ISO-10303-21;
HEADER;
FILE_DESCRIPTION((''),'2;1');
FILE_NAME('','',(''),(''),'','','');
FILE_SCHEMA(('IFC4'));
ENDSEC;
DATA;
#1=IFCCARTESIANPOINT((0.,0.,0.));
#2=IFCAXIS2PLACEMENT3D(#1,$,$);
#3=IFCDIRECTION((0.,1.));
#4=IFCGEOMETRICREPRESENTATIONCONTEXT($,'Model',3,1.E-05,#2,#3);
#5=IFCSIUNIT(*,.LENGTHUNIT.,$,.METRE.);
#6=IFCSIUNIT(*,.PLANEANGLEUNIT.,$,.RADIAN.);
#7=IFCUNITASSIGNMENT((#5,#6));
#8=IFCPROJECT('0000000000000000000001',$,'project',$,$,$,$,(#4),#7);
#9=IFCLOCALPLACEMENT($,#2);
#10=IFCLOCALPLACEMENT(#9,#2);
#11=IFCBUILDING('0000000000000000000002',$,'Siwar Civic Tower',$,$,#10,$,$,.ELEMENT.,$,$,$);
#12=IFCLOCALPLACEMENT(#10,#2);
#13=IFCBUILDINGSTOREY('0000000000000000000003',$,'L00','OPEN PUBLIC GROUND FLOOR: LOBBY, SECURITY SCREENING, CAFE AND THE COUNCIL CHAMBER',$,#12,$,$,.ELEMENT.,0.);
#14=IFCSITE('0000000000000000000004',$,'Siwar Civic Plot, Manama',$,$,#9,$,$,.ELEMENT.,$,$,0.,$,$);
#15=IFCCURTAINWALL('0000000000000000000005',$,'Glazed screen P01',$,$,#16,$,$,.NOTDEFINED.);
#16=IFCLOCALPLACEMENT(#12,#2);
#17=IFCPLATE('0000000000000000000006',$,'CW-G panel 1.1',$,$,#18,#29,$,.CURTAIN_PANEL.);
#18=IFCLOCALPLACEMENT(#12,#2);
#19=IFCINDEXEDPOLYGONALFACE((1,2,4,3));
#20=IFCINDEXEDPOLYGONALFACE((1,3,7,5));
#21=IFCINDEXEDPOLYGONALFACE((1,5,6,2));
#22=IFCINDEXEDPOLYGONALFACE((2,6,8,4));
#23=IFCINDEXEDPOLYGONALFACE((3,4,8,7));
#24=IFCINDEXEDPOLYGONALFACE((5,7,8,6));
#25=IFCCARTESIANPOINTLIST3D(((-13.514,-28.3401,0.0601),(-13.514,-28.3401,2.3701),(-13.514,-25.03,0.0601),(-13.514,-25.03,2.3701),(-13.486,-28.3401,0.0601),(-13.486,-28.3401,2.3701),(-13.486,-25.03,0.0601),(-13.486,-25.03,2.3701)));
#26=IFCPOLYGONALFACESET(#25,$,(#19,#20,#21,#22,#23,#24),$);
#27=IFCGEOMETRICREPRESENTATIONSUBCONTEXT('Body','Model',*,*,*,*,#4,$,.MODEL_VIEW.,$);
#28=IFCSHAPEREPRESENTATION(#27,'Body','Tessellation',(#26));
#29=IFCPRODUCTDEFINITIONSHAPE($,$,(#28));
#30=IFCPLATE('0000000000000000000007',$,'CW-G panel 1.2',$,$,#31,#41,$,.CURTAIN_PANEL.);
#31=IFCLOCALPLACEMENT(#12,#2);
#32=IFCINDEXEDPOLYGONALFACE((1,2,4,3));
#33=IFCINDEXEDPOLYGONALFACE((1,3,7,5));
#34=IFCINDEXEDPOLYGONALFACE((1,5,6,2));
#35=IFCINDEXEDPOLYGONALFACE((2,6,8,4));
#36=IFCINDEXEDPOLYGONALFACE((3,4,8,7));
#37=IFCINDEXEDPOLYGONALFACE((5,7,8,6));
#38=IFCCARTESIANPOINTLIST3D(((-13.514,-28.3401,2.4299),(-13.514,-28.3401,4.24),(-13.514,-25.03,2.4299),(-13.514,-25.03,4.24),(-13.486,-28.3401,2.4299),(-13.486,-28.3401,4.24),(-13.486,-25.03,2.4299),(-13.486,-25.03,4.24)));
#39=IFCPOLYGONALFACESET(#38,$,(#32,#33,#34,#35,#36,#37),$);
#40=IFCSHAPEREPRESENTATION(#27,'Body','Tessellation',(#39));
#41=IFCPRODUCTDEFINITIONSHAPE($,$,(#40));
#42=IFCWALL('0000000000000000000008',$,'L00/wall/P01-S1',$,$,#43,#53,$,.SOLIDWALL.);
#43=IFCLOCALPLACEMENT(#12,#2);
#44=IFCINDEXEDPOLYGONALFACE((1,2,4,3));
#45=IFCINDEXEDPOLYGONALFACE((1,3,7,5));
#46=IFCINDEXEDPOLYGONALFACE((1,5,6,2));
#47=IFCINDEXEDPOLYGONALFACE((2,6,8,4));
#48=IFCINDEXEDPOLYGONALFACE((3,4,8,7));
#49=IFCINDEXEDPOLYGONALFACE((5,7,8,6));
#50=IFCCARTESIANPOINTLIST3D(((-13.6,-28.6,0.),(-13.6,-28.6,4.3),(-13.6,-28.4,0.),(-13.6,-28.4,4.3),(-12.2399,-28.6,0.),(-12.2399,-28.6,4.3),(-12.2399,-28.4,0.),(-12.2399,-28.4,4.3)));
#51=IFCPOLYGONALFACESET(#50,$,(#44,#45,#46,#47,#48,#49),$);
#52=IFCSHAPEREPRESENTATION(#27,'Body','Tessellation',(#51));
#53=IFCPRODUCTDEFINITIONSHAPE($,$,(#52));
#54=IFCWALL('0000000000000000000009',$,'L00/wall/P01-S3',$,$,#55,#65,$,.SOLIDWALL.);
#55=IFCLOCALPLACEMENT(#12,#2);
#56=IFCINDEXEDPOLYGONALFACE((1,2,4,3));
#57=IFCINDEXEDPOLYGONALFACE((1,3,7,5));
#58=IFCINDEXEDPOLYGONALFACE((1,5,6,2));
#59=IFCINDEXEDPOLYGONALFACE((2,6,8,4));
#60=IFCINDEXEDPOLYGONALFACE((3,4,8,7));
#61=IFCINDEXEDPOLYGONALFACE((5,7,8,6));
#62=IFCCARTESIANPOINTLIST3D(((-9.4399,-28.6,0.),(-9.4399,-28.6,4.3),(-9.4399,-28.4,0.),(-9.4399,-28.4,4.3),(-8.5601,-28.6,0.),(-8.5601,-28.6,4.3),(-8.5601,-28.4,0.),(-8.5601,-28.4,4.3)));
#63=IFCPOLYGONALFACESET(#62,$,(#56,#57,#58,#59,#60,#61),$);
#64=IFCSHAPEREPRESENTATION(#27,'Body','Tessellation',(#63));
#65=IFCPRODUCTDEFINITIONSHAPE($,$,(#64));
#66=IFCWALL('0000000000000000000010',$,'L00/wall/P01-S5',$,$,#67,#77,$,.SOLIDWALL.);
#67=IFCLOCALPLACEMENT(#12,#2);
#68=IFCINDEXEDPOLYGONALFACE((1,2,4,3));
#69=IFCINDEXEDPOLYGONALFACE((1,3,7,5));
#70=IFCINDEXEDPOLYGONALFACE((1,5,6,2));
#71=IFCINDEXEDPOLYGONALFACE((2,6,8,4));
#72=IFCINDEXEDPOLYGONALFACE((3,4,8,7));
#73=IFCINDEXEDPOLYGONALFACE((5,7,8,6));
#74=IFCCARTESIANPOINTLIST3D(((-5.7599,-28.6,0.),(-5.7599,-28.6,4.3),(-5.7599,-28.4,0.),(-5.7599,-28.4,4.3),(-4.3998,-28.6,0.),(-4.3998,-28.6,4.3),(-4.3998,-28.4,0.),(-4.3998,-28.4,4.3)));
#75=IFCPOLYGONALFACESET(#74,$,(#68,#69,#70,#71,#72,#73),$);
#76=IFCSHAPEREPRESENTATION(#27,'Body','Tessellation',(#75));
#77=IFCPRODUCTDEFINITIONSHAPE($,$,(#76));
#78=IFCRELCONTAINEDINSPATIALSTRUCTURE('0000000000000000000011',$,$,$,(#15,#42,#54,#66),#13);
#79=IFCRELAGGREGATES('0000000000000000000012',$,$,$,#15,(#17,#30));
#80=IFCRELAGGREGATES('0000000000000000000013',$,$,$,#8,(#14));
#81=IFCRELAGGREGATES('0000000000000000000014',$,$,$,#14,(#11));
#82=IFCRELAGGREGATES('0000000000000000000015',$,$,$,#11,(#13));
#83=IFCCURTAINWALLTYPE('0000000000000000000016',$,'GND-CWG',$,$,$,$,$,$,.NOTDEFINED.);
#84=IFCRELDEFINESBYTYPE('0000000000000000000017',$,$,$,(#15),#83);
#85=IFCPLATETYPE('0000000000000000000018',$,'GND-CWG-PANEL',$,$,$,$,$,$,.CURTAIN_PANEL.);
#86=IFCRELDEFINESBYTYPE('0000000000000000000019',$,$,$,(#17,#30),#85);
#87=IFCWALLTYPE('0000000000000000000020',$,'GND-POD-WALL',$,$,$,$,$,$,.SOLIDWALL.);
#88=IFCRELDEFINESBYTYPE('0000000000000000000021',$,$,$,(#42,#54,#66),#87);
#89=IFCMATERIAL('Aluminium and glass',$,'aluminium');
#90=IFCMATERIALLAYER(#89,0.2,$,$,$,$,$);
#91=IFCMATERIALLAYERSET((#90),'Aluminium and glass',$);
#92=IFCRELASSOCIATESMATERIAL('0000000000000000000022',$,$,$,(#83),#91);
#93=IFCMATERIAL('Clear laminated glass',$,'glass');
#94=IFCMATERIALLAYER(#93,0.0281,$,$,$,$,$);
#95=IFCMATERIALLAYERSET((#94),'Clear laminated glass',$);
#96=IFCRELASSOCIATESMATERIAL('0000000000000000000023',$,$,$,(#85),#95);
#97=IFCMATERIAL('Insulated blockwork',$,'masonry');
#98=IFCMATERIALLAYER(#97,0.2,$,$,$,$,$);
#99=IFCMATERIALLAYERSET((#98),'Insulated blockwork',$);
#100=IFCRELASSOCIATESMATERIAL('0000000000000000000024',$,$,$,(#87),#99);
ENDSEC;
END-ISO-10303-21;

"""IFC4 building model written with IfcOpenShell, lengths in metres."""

from ifc_helpers import new_model, si_unit, direction, frame, frame_2d, origin, origin_2d, place, context, subcontext, project, spatial, rectangle, extrude, material, layer, layer_set, type_object, element, aggregate, save


model = new_model("IFC4")

# Units and contexts
model_context = context("Model", 3, precision=1e-05, world=origin(), true_north=direction((0.0, 1.0)))
body_context = subcontext(model_context, "Body", "Model", "MODEL_VIEW")
ifc_project = project(units=[si_unit("LENGTHUNIT", "METRE"), si_unit("PLANEANGLEUNIT", "RADIAN")], contexts=[model_context])

# Site, building, storey
site_placement = place(None, origin())
site = spatial("IfcSite", under=ifc_project, at=site_placement, Name="Siwar Civic Plot, Manama", CompositionType="ELEMENT", RefElevation=0.0)
building_placement = place(site_placement, origin())
building = spatial("IfcBuilding", under=site, at=building_placement, Name="Siwar Civic Tower", CompositionType="ELEMENT")
storey_placement = place(building_placement, origin())
storey = spatial("IfcBuildingStorey", under=building, at=storey_placement, Name="L00", Description="OPEN PUBLIC GROUND FLOOR: LOBBY, SECURITY SCREENING, CAFE AND THE COUNCIL CHAMBER", CompositionType="ELEMENT", Elevation=0.0)

# Shared definitions
ifc_material_1 = material(Name="Aluminium and glass", Category="aluminium")
ifc_layer_1 = layer(ifc_material_1, 0.2)
ifc_layer_set_1 = layer_set([ifc_layer_1], Name="Aluminium and glass")
curtain_wall_type = type_object("IfcCurtainWallType", Name="GND-CWG", PredefinedType="NOTDEFINED", material=ifc_layer_set_1)

# Curtain wall
curtain_wall_1_placement = place(storey_placement, origin())
curtain_wall_1 = element("IfcCurtainWall", 1, at=curtain_wall_1_placement, inside=storey, type_object=curtain_wall_type, Name="Glazed screen P01", PredefinedType="NOTDEFINED")

# Plates
ifc_material_2 = material(Name="Clear laminated glass", Category="glass")
ifc_layer_2 = layer(ifc_material_2, 0.0281)
ifc_layer_set_2 = layer_set([ifc_layer_2], Name="Clear laminated glass")
plate_type = type_object("IfcPlateType", Name="GND-CWG-PANEL", PredefinedType="CURTAIN_PANEL", material=ifc_layer_set_2)
plate_1_placement = place(storey_placement, frame((-13.5, -26.6851, 0.0601), z_axis=(0.0, 0.0, 1.0), x_axis=(0.0, 1.0, 0.0)))
plate_1 = element("IfcPlate", 2, at=plate_1_placement, type_object=plate_type, Name="CW-G panel 1.1", PredefinedType="CURTAIN_PANEL", context=body_context, shape_type="SweptSolid", body=[
    extrude(rectangle(XDim=3.3101, YDim=0.0281, at=origin_2d()), origin(), (0.0, 0.0, 1.0), 2.3101),
])
plate_2_placement = place(storey_placement, frame((-13.5, -26.6851, 2.4299), z_axis=(0.0, 0.0, 1.0), x_axis=(0.0, 1.0, 0.0)))
plate_2 = element("IfcPlate", 3, at=plate_2_placement, type_object=plate_type, Name="CW-G panel 1.2", PredefinedType="CURTAIN_PANEL", context=body_context, shape_type="SweptSolid", body=[
    extrude(rectangle(XDim=3.3101, YDim=0.0281, at=origin_2d()), origin(), (0.0, 0.0, 1.0), 1.8101),
])
aggregate(curtain_wall_1, [plate_1, plate_2])

# Wall
ifc_material_3 = material(Name="Insulated blockwork", Category="masonry")
ifc_layer_3 = layer(ifc_material_3, 0.2)
ifc_layer_set_3 = layer_set([ifc_layer_3], Name="Insulated blockwork")
wall_type = type_object("IfcWallType", Name="GND-POD-WALL", PredefinedType="SOLIDWALL", material=ifc_layer_set_3)
wall_1_placement = place(storey_placement, frame((-13.6001, -28.5, 0.0), z_axis=(0.0, 0.0, 1.0), x_axis=(1.0, 0.0, 0.0)))
element("IfcWall", 4, at=wall_1_placement, inside=storey, type_object=wall_type, Name="L00/wall/P01-S1", PredefinedType="SOLIDWALL", context=body_context, shape_type="SweptSolid", body=[
    extrude(rectangle(XDim=1.3601, YDim=0.2, at=frame_2d((0.6802, 0.0))), origin(), (0.0, 0.0, 1.0), 4.3),
])

# Wall
wall_2_placement = place(storey_placement, frame((-9.4399, -28.5, 0.0), z_axis=(0.0, 0.0, 1.0), x_axis=(1.0, 0.0, 0.0)))
element("IfcWall", 5, at=wall_2_placement, inside=storey, type_object=wall_type, Name="L00/wall/P01-S3", PredefinedType="SOLIDWALL", context=body_context, shape_type="SweptSolid", body=[
    extrude(rectangle(XDim=0.8799, YDim=0.2, at=frame_2d((0.4399, 0.0))), origin(), (0.0, 0.0, 1.0), 4.3),
])

# Wall
wall_3_placement = place(storey_placement, frame((-5.76, -28.5, 0.0), z_axis=(0.0, 0.0, 1.0), x_axis=(1.0, 0.0, 0.0)))
element("IfcWall", 6, at=wall_3_placement, inside=storey, type_object=wall_type, Name="L00/wall/P01-S5", PredefinedType="SOLIDWALL", context=body_context, shape_type="SweptSolid", body=[
    extrude(rectangle(XDim=1.3601, YDim=0.2, at=frame_2d((0.6802, 0.0))), origin(), (0.0, 0.0, 1.0), 4.3),
])

save(model, "model.ifc")
